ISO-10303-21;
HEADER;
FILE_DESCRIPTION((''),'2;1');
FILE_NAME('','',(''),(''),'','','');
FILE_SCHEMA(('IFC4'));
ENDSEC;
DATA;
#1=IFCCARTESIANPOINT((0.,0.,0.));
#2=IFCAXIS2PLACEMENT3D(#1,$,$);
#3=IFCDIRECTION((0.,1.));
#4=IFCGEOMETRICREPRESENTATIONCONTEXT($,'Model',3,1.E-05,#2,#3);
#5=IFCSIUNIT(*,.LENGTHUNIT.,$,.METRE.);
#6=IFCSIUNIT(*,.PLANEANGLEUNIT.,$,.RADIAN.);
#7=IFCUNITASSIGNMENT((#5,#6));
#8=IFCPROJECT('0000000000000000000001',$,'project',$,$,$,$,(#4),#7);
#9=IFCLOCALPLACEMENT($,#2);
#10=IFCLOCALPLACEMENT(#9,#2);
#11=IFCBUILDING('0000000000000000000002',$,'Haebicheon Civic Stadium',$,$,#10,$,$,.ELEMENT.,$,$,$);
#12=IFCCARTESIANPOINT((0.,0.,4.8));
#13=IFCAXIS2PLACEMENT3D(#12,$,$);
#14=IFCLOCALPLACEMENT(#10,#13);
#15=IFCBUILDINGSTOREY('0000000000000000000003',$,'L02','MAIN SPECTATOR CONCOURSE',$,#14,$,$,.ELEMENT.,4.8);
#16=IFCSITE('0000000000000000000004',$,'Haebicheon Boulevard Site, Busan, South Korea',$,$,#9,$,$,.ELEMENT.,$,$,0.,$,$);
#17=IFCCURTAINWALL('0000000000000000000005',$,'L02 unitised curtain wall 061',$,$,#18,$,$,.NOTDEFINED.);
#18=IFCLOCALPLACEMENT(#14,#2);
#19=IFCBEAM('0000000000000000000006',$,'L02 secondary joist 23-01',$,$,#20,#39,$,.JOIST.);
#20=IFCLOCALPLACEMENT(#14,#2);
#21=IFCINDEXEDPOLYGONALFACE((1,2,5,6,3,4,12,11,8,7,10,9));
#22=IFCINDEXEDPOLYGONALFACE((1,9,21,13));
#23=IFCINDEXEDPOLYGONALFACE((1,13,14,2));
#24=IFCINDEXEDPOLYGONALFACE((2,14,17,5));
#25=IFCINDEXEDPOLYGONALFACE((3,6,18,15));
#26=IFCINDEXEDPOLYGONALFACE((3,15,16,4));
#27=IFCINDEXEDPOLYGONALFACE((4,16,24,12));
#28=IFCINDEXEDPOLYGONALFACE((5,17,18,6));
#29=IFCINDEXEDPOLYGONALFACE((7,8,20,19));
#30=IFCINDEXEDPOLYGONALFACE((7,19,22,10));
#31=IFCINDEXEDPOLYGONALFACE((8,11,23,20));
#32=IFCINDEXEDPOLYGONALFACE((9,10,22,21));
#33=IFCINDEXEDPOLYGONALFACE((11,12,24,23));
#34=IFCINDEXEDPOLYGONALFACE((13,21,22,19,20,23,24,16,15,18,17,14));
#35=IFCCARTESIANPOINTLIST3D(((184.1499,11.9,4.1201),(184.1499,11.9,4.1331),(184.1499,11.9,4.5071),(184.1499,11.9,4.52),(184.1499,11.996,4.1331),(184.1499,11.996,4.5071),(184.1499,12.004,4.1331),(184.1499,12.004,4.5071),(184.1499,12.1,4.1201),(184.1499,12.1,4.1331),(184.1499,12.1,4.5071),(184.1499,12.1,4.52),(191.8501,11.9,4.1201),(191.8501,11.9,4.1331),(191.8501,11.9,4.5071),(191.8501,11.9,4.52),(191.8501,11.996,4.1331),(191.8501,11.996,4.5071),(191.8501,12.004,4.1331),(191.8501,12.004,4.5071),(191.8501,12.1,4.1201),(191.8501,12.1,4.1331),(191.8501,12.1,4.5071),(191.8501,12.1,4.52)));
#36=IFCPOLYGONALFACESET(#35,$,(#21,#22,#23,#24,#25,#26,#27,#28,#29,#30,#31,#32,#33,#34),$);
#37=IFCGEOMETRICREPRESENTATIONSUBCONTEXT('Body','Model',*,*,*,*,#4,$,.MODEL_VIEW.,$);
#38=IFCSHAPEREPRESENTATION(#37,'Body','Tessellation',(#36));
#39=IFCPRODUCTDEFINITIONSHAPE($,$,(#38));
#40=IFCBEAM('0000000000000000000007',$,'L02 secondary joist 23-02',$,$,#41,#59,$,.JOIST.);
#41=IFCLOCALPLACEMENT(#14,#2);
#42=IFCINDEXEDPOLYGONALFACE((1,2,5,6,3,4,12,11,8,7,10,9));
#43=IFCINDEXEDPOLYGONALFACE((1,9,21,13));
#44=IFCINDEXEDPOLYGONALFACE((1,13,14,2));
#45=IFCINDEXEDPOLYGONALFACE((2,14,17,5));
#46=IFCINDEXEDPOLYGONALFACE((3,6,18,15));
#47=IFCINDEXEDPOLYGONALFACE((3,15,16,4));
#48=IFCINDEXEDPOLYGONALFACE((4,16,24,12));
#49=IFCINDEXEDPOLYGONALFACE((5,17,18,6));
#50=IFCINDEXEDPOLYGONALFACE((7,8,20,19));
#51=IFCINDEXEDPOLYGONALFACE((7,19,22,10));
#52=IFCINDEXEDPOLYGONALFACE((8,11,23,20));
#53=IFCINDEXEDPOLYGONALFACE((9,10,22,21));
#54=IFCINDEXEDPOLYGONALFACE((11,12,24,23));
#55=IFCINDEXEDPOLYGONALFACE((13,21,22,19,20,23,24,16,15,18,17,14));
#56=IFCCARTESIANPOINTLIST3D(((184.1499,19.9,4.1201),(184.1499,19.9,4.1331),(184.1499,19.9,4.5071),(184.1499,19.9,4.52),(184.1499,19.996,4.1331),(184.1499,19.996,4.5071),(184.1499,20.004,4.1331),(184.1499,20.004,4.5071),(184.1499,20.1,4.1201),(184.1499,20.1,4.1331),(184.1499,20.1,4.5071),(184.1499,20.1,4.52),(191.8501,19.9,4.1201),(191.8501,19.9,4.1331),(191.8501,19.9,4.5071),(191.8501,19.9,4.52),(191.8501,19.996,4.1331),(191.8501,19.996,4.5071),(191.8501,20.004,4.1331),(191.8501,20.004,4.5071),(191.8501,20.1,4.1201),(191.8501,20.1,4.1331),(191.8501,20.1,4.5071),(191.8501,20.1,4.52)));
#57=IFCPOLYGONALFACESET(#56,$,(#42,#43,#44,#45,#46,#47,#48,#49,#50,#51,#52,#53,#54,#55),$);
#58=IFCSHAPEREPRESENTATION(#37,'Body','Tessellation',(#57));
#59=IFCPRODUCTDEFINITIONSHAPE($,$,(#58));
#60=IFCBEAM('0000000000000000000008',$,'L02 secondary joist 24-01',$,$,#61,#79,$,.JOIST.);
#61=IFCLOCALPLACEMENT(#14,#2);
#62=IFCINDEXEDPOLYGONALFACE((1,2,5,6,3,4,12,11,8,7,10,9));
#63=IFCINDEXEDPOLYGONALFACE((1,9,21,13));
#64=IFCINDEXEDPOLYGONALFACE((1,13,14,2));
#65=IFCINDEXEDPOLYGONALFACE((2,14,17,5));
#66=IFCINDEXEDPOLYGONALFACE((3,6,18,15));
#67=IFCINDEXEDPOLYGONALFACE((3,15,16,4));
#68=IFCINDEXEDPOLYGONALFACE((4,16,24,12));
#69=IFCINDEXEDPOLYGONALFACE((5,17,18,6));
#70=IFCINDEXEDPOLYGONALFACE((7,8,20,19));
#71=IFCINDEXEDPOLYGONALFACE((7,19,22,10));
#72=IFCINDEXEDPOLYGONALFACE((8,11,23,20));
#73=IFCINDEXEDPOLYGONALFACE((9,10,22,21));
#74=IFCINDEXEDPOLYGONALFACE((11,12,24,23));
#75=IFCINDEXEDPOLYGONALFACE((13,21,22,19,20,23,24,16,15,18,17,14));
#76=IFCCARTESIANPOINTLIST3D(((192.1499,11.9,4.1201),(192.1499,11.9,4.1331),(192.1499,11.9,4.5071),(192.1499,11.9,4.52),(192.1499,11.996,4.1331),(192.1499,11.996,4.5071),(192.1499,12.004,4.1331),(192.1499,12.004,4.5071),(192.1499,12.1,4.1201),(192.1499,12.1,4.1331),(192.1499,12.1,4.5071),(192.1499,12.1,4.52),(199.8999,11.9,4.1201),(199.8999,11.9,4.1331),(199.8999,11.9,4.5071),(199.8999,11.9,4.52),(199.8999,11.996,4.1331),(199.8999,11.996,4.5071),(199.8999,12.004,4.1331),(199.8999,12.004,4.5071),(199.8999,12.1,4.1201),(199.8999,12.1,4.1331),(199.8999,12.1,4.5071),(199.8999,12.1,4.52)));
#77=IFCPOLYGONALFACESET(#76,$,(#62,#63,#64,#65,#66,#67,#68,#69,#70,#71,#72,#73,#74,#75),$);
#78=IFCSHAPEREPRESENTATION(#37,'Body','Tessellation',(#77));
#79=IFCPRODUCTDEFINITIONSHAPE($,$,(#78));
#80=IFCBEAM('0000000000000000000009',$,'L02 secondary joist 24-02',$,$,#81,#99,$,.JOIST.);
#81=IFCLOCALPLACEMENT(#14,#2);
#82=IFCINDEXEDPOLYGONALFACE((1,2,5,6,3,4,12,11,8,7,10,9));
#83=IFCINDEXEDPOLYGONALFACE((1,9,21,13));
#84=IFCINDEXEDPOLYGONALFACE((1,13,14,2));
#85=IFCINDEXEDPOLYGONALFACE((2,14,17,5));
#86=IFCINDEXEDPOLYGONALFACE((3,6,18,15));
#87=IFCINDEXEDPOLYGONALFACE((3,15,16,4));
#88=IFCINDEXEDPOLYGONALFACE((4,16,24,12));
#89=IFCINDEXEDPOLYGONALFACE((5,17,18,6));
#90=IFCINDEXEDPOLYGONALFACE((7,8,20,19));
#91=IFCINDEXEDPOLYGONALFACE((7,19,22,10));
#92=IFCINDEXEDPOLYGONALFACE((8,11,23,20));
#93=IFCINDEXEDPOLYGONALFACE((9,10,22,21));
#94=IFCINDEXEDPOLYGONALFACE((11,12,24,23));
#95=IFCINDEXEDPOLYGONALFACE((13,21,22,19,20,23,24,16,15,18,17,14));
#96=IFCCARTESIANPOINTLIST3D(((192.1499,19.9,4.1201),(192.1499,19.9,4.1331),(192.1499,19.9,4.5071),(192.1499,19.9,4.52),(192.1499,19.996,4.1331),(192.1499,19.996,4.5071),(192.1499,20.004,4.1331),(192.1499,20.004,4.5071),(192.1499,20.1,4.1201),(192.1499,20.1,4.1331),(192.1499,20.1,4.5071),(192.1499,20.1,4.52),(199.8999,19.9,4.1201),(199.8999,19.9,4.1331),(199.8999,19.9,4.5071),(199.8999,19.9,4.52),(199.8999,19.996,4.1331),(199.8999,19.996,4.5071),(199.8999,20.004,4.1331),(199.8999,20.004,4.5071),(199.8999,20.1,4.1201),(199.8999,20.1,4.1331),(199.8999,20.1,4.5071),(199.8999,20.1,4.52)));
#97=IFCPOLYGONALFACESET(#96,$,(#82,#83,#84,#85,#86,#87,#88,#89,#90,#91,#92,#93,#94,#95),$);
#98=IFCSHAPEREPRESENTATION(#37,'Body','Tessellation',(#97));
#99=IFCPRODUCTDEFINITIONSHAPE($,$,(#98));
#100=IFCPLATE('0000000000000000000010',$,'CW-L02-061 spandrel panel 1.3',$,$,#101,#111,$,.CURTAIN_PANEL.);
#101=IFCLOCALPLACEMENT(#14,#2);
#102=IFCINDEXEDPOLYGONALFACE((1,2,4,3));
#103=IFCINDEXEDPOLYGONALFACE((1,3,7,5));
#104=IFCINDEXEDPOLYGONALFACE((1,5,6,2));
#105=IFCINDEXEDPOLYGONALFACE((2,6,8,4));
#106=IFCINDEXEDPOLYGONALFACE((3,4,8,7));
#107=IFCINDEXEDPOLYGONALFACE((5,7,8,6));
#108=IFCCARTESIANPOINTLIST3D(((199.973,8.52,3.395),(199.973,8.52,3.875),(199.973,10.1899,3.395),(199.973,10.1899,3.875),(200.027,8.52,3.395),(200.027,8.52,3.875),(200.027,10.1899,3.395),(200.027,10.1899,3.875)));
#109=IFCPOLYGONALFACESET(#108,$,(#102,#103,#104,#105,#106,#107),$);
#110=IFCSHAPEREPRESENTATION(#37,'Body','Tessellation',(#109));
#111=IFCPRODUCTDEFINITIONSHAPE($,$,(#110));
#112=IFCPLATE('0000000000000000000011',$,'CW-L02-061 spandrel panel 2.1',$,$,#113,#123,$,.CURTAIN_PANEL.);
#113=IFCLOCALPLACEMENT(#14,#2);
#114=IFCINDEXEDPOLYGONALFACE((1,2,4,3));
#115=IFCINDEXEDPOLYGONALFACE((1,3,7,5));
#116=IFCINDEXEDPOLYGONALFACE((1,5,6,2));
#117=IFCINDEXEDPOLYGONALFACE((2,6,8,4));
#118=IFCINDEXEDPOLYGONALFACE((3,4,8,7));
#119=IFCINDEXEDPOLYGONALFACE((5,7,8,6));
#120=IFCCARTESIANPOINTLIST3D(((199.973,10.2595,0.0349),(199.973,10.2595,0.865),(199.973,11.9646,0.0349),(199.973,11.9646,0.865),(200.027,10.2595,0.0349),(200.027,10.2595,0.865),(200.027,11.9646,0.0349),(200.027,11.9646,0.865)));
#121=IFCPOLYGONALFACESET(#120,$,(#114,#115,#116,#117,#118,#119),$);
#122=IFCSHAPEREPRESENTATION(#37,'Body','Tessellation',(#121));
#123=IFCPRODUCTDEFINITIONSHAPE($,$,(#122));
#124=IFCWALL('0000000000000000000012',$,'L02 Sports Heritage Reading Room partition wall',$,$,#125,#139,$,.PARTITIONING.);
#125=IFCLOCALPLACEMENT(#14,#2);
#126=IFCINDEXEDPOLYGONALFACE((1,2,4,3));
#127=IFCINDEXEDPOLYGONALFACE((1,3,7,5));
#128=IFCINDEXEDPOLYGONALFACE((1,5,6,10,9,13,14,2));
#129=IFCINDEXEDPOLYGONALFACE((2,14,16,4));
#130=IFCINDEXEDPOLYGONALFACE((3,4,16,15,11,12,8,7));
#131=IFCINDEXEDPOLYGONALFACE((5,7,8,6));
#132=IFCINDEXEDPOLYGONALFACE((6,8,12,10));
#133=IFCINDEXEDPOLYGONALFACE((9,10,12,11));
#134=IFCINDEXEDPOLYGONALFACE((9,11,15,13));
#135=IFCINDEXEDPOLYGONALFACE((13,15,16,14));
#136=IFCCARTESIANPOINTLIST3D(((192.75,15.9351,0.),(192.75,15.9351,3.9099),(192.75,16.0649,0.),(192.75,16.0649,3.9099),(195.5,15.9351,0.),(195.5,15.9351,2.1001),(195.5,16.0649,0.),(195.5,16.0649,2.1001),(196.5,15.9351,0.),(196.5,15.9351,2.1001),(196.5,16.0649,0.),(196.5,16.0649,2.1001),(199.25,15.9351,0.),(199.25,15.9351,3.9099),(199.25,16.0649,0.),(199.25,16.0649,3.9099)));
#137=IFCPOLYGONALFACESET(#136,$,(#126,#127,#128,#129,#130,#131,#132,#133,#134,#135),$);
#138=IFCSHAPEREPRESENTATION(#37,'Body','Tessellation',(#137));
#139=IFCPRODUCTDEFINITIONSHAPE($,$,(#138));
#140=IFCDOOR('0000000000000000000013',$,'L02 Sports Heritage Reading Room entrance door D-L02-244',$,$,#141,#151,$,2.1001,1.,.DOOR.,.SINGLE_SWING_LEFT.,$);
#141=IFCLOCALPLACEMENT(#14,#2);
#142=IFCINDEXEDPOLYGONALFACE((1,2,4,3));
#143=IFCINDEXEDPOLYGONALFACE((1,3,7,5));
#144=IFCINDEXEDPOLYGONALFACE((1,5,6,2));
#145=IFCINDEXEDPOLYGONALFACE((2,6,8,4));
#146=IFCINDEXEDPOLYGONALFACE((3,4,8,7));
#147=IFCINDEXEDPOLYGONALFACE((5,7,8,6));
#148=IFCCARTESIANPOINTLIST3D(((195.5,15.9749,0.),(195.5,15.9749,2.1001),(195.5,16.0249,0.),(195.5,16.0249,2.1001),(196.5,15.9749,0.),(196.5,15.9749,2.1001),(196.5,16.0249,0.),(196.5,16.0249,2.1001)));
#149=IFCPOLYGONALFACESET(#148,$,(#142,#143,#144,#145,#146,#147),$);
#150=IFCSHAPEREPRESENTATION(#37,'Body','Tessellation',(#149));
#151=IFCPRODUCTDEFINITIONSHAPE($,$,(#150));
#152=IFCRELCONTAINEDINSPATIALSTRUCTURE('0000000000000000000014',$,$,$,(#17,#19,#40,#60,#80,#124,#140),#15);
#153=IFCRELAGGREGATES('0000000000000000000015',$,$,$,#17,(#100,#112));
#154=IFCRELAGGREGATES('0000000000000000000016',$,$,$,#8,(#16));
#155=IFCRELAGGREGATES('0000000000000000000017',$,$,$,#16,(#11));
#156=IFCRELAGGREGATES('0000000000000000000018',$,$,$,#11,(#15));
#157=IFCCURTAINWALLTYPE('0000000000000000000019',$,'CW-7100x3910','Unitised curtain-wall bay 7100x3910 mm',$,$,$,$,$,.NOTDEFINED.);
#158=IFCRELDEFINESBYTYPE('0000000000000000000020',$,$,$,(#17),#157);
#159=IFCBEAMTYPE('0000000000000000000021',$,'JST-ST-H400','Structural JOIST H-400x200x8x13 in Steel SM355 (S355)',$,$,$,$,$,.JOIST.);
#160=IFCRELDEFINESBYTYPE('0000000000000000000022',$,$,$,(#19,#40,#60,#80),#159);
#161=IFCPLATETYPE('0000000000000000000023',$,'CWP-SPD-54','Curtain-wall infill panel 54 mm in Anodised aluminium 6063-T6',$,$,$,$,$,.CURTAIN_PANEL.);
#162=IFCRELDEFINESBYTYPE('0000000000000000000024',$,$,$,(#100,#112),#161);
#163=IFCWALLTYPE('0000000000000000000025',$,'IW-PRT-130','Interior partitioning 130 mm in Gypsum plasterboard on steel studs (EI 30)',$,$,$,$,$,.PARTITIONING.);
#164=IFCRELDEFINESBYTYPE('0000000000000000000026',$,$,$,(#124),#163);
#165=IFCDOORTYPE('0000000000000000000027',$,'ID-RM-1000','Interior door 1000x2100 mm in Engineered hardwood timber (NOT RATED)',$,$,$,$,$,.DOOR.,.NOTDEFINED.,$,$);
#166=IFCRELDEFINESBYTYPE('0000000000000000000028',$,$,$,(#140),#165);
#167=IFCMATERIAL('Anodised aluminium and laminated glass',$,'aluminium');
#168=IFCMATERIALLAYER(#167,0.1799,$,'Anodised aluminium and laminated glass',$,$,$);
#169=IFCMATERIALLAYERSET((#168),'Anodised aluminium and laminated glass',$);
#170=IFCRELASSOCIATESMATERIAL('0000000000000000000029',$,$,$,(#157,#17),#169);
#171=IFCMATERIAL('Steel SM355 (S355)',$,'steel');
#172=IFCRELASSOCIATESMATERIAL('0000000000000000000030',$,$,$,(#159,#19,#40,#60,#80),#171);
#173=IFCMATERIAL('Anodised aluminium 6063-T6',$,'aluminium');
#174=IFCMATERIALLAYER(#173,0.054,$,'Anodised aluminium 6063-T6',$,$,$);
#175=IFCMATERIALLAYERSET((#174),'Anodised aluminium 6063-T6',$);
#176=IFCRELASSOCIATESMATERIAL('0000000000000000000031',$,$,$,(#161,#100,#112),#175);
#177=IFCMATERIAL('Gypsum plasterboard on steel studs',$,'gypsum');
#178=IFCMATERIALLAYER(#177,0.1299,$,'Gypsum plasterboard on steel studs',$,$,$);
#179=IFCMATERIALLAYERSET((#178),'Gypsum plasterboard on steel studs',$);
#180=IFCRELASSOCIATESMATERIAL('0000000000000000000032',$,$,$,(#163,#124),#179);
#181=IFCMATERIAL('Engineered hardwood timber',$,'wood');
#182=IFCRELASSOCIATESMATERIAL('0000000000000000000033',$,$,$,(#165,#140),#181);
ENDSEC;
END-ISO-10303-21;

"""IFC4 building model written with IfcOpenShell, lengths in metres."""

from ifc_helpers import new_model, si_unit, direction, frame, frame_2d, origin, origin_2d, place, context, subcontext, project, spatial, rectangle, i_section, extrude, material, layer, layer_set, material_profile, profile_set, type_object, element, fill, aggregate, save


model = new_model("IFC4")

# Units and contexts
model_context = context("Model", 3, precision=1e-05, world=origin(), true_north=direction((0.0, 1.0)))
body_context = subcontext(model_context, "Body", "Model", "MODEL_VIEW")
ifc_project = project(units=[si_unit("LENGTHUNIT", "METRE"), si_unit("PLANEANGLEUNIT", "RADIAN")], contexts=[model_context])

# Site, building, storey
site_placement = place(None, origin())
site = spatial("IfcSite", under=ifc_project, at=site_placement, Name="Haebicheon Boulevard Site, Busan, South Korea", CompositionType="ELEMENT", RefElevation=0.0)
building_placement = place(site_placement, origin())
building = spatial("IfcBuilding", under=site, at=building_placement, Name="Haebicheon Civic Stadium", CompositionType="ELEMENT")
storey_placement = place(building_placement, frame((0.0, 0.0, 4.8)))
storey = spatial("IfcBuildingStorey", under=building, at=storey_placement, Name="L02", Description="MAIN SPECTATOR CONCOURSE", CompositionType="ELEMENT", Elevation=4.8)

# Curtain wall
ifc_material_1 = material(Name="Anodised aluminium and laminated glass", Category="aluminium")
ifc_layer_1 = layer(ifc_material_1, 0.1799, Name="Anodised aluminium and laminated glass")
ifc_layer_set_1 = layer_set([ifc_layer_1], Name="Anodised aluminium and laminated glass")
curtain_wall_type = type_object("IfcCurtainWallType", Name="CW-7100x3910", Description="Unitised curtain-wall bay 7100x3910 mm", PredefinedType="NOTDEFINED", material=ifc_layer_set_1)
curtain_wall_placement = place(storey_placement, origin())
curtain_wall = element("IfcCurtainWall", 1, at=curtain_wall_placement, inside=storey, type_object=curtain_wall_type, material=ifc_layer_set_1, Name="L02 unitised curtain wall 061", PredefinedType="NOTDEFINED")

# Beams
ifc_material_2 = material(Name="Steel SM355 (S355)", Category="steel")
ifc_material_profile_1 = material_profile(ifc_material_2, i_section(OverallWidth=0.2, OverallDepth=0.3999, WebThickness=0.0081, FlangeThickness=0.0129, at=origin_2d()), Name="H-400x200x8x13")
ifc_profile_set_1 = profile_set([ifc_material_profile_1], Name="Steel SM355 (S355)")
beam_type_1 = type_object("IfcBeamType", Name="JST-ST-H400", Description="Structural JOIST H-400x200x8x13 in Steel SM355 (S355)", PredefinedType="JOIST", material=ifc_profile_set_1)
for number, where, z_axis, x_axis, name in (
    (2, (184.1499, 12.0, 4.3201), (1.0, 0.0, 0.0), (0.0, 1.0, 0.0), "L02 secondary joist 23-01"),
    (3, (184.1499, 20.0, 4.3201), (1.0, 0.0, 0.0), (0.0, 1.0, 0.0), "L02 secondary joist 23-02"),
):
    element("IfcBeam", number, at=place(storey_placement, frame(where, z_axis=z_axis, x_axis=x_axis)), inside=storey, type_object=beam_type_1, material=ifc_profile_set_1, Name=name, PredefinedType="JOIST", context=body_context, shape_type="SweptSolid", body=[
        extrude(i_section(OverallWidth=0.2, OverallDepth=0.3999, WebThickness=0.0081, FlangeThickness=0.0129, at=origin_2d()), origin(), (0.0, 0.0, 1.0), 7.7002),
    ])
for number, where, z_axis, x_axis, name in (
    (4, (192.1499, 12.0, 4.3201), (1.0, 0.0, 0.0), (0.0, 1.0, 0.0), "L02 secondary joist 24-01"),
    (5, (192.1499, 20.0, 4.3201), (1.0, 0.0, 0.0), (0.0, 1.0, 0.0), "L02 secondary joist 24-02"),
):
    element("IfcBeam", number, at=place(storey_placement, frame(where, z_axis=z_axis, x_axis=x_axis)), inside=storey, type_object=beam_type_1, material=ifc_profile_set_1, Name=name, PredefinedType="JOIST", context=body_context, shape_type="SweptSolid", body=[
        extrude(i_section(OverallWidth=0.2, OverallDepth=0.3999, WebThickness=0.0081, FlangeThickness=0.0129, at=origin_2d()), origin(), (0.0, 0.0, 1.0), 7.75),
    ])

# Plates
ifc_material_3 = material(Name="Anodised aluminium 6063-T6", Category="aluminium")
ifc_layer_2 = layer(ifc_material_3, 0.054, Name="Anodised aluminium 6063-T6")
ifc_layer_set_2 = layer_set([ifc_layer_2], Name="Anodised aluminium 6063-T6")
plate_type = type_object("IfcPlateType", Name="CWP-SPD-54", Description="Curtain-wall infill panel 54 mm in Anodised aluminium 6063-T6", PredefinedType="CURTAIN_PANEL", material=ifc_layer_set_2)
plate_1_placement = place(storey_placement, frame((200.0, 9.355, 3.395), z_axis=(0.0, 0.0, 1.0), x_axis=(0.0, 1.0, 0.0)))
plate_1 = element("IfcPlate", 6, at=plate_1_placement, type_object=plate_type, material=ifc_layer_set_2, Name="CW-L02-061 spandrel panel 1.3", PredefinedType="CURTAIN_PANEL", context=body_context, shape_type="SweptSolid", body=[
    extrude(rectangle(XDim=1.6699, YDim=0.054, at=origin_2d()), origin(), (0.0, 0.0, 1.0), 0.48),
])
plate_2_placement = place(storey_placement, frame((200.0, 11.1121, 0.0349), z_axis=(0.0, 0.0, 1.0), x_axis=(0.0, 1.0, 0.0)))
plate_2 = element("IfcPlate", 7, at=plate_2_placement, type_object=plate_type, material=ifc_layer_set_2, Name="CW-L02-061 spandrel panel 2.1", PredefinedType="CURTAIN_PANEL", context=body_context, shape_type="SweptSolid", body=[
    extrude(rectangle(XDim=1.7051, YDim=0.054, at=origin_2d()), origin(), (0.0, 0.0, 1.0), 0.8301),
])
aggregate(curtain_wall, [plate_1, plate_2])

# Wall, opening, door
ifc_material_4 = material(Name="Gypsum plasterboard on steel studs", Category="gypsum")
ifc_layer_3 = layer(ifc_material_4, 0.1299, Name="Gypsum plasterboard on steel studs")
ifc_layer_set_3 = layer_set([ifc_layer_3], Name="Gypsum plasterboard on steel studs")
wall_type = type_object("IfcWallType", Name="IW-PRT-130", Description="Interior partitioning 130 mm in Gypsum plasterboard on steel studs (EI 30)", PredefinedType="PARTITIONING", material=ifc_layer_set_3)
wall_placement = place(storey_placement, frame((192.75, 16.0, 0.0), z_axis=(0.0, 0.0, 1.0), x_axis=(1.0, 0.0, 0.0)))
wall = element("IfcWall", 8, at=wall_placement, inside=storey, type_object=wall_type, material=ifc_layer_set_3, Name="L02 Sports Heritage Reading Room partition wall", PredefinedType="PARTITIONING", context=body_context, shape_type="SweptSolid", body=[
    extrude(rectangle(XDim=6.5, YDim=0.1299, at=frame_2d((3.25, 0.0))), origin(), (0.0, 0.0, 1.0), 3.9099),
])
opening_placement = place(wall_placement, frame((2.75, 0.0, 0.0)))
opening = element("IfcOpeningElement", 9, at=opening_placement, cuts=wall, PredefinedType="OPENING", context=body_context, shape_type="SweptSolid", body=[
    extrude(rectangle(XDim=1.0, YDim=2.1001, at=frame_2d((0.5, 1.05))), frame((0.0, 0.075, 0.0), z_axis=(0.0, -1.0, 0.0), x_axis=(1.0, 0.0, 0.0)), (0.0, 0.0, 1.0), 0.1499),
])
ifc_material_5 = material(Name="Engineered hardwood timber", Category="wood")
door_type = type_object("IfcDoorType", Name="ID-RM-1000", Description="Interior door 1000x2100 mm in Engineered hardwood timber (NOT RATED)", OperationType="NOTDEFINED", PredefinedType="DOOR", material=ifc_material_5)
door_placement = place(opening_placement, origin())
door = element("IfcDoor", 10, at=door_placement, inside=storey, type_object=door_type, material=ifc_material_5, Name="L02 Sports Heritage Reading Room entrance door D-L02-244", OperationType="SINGLE_SWING_LEFT", OverallHeight=2.1001, OverallWidth=1.0, PredefinedType="DOOR", context=body_context, shape_type="SweptSolid", body=[
    extrude(rectangle(XDim=1.0, YDim=2.1001, at=frame_2d((0.5, 1.05))), frame((0.0, 0.0249, 0.0), z_axis=(0.0, -1.0, 0.0), x_axis=(1.0, 0.0, 0.0)), (0.0, 0.0, 1.0), 0.05),
])
fill(opening, door)

save(model, "model.ifc")
